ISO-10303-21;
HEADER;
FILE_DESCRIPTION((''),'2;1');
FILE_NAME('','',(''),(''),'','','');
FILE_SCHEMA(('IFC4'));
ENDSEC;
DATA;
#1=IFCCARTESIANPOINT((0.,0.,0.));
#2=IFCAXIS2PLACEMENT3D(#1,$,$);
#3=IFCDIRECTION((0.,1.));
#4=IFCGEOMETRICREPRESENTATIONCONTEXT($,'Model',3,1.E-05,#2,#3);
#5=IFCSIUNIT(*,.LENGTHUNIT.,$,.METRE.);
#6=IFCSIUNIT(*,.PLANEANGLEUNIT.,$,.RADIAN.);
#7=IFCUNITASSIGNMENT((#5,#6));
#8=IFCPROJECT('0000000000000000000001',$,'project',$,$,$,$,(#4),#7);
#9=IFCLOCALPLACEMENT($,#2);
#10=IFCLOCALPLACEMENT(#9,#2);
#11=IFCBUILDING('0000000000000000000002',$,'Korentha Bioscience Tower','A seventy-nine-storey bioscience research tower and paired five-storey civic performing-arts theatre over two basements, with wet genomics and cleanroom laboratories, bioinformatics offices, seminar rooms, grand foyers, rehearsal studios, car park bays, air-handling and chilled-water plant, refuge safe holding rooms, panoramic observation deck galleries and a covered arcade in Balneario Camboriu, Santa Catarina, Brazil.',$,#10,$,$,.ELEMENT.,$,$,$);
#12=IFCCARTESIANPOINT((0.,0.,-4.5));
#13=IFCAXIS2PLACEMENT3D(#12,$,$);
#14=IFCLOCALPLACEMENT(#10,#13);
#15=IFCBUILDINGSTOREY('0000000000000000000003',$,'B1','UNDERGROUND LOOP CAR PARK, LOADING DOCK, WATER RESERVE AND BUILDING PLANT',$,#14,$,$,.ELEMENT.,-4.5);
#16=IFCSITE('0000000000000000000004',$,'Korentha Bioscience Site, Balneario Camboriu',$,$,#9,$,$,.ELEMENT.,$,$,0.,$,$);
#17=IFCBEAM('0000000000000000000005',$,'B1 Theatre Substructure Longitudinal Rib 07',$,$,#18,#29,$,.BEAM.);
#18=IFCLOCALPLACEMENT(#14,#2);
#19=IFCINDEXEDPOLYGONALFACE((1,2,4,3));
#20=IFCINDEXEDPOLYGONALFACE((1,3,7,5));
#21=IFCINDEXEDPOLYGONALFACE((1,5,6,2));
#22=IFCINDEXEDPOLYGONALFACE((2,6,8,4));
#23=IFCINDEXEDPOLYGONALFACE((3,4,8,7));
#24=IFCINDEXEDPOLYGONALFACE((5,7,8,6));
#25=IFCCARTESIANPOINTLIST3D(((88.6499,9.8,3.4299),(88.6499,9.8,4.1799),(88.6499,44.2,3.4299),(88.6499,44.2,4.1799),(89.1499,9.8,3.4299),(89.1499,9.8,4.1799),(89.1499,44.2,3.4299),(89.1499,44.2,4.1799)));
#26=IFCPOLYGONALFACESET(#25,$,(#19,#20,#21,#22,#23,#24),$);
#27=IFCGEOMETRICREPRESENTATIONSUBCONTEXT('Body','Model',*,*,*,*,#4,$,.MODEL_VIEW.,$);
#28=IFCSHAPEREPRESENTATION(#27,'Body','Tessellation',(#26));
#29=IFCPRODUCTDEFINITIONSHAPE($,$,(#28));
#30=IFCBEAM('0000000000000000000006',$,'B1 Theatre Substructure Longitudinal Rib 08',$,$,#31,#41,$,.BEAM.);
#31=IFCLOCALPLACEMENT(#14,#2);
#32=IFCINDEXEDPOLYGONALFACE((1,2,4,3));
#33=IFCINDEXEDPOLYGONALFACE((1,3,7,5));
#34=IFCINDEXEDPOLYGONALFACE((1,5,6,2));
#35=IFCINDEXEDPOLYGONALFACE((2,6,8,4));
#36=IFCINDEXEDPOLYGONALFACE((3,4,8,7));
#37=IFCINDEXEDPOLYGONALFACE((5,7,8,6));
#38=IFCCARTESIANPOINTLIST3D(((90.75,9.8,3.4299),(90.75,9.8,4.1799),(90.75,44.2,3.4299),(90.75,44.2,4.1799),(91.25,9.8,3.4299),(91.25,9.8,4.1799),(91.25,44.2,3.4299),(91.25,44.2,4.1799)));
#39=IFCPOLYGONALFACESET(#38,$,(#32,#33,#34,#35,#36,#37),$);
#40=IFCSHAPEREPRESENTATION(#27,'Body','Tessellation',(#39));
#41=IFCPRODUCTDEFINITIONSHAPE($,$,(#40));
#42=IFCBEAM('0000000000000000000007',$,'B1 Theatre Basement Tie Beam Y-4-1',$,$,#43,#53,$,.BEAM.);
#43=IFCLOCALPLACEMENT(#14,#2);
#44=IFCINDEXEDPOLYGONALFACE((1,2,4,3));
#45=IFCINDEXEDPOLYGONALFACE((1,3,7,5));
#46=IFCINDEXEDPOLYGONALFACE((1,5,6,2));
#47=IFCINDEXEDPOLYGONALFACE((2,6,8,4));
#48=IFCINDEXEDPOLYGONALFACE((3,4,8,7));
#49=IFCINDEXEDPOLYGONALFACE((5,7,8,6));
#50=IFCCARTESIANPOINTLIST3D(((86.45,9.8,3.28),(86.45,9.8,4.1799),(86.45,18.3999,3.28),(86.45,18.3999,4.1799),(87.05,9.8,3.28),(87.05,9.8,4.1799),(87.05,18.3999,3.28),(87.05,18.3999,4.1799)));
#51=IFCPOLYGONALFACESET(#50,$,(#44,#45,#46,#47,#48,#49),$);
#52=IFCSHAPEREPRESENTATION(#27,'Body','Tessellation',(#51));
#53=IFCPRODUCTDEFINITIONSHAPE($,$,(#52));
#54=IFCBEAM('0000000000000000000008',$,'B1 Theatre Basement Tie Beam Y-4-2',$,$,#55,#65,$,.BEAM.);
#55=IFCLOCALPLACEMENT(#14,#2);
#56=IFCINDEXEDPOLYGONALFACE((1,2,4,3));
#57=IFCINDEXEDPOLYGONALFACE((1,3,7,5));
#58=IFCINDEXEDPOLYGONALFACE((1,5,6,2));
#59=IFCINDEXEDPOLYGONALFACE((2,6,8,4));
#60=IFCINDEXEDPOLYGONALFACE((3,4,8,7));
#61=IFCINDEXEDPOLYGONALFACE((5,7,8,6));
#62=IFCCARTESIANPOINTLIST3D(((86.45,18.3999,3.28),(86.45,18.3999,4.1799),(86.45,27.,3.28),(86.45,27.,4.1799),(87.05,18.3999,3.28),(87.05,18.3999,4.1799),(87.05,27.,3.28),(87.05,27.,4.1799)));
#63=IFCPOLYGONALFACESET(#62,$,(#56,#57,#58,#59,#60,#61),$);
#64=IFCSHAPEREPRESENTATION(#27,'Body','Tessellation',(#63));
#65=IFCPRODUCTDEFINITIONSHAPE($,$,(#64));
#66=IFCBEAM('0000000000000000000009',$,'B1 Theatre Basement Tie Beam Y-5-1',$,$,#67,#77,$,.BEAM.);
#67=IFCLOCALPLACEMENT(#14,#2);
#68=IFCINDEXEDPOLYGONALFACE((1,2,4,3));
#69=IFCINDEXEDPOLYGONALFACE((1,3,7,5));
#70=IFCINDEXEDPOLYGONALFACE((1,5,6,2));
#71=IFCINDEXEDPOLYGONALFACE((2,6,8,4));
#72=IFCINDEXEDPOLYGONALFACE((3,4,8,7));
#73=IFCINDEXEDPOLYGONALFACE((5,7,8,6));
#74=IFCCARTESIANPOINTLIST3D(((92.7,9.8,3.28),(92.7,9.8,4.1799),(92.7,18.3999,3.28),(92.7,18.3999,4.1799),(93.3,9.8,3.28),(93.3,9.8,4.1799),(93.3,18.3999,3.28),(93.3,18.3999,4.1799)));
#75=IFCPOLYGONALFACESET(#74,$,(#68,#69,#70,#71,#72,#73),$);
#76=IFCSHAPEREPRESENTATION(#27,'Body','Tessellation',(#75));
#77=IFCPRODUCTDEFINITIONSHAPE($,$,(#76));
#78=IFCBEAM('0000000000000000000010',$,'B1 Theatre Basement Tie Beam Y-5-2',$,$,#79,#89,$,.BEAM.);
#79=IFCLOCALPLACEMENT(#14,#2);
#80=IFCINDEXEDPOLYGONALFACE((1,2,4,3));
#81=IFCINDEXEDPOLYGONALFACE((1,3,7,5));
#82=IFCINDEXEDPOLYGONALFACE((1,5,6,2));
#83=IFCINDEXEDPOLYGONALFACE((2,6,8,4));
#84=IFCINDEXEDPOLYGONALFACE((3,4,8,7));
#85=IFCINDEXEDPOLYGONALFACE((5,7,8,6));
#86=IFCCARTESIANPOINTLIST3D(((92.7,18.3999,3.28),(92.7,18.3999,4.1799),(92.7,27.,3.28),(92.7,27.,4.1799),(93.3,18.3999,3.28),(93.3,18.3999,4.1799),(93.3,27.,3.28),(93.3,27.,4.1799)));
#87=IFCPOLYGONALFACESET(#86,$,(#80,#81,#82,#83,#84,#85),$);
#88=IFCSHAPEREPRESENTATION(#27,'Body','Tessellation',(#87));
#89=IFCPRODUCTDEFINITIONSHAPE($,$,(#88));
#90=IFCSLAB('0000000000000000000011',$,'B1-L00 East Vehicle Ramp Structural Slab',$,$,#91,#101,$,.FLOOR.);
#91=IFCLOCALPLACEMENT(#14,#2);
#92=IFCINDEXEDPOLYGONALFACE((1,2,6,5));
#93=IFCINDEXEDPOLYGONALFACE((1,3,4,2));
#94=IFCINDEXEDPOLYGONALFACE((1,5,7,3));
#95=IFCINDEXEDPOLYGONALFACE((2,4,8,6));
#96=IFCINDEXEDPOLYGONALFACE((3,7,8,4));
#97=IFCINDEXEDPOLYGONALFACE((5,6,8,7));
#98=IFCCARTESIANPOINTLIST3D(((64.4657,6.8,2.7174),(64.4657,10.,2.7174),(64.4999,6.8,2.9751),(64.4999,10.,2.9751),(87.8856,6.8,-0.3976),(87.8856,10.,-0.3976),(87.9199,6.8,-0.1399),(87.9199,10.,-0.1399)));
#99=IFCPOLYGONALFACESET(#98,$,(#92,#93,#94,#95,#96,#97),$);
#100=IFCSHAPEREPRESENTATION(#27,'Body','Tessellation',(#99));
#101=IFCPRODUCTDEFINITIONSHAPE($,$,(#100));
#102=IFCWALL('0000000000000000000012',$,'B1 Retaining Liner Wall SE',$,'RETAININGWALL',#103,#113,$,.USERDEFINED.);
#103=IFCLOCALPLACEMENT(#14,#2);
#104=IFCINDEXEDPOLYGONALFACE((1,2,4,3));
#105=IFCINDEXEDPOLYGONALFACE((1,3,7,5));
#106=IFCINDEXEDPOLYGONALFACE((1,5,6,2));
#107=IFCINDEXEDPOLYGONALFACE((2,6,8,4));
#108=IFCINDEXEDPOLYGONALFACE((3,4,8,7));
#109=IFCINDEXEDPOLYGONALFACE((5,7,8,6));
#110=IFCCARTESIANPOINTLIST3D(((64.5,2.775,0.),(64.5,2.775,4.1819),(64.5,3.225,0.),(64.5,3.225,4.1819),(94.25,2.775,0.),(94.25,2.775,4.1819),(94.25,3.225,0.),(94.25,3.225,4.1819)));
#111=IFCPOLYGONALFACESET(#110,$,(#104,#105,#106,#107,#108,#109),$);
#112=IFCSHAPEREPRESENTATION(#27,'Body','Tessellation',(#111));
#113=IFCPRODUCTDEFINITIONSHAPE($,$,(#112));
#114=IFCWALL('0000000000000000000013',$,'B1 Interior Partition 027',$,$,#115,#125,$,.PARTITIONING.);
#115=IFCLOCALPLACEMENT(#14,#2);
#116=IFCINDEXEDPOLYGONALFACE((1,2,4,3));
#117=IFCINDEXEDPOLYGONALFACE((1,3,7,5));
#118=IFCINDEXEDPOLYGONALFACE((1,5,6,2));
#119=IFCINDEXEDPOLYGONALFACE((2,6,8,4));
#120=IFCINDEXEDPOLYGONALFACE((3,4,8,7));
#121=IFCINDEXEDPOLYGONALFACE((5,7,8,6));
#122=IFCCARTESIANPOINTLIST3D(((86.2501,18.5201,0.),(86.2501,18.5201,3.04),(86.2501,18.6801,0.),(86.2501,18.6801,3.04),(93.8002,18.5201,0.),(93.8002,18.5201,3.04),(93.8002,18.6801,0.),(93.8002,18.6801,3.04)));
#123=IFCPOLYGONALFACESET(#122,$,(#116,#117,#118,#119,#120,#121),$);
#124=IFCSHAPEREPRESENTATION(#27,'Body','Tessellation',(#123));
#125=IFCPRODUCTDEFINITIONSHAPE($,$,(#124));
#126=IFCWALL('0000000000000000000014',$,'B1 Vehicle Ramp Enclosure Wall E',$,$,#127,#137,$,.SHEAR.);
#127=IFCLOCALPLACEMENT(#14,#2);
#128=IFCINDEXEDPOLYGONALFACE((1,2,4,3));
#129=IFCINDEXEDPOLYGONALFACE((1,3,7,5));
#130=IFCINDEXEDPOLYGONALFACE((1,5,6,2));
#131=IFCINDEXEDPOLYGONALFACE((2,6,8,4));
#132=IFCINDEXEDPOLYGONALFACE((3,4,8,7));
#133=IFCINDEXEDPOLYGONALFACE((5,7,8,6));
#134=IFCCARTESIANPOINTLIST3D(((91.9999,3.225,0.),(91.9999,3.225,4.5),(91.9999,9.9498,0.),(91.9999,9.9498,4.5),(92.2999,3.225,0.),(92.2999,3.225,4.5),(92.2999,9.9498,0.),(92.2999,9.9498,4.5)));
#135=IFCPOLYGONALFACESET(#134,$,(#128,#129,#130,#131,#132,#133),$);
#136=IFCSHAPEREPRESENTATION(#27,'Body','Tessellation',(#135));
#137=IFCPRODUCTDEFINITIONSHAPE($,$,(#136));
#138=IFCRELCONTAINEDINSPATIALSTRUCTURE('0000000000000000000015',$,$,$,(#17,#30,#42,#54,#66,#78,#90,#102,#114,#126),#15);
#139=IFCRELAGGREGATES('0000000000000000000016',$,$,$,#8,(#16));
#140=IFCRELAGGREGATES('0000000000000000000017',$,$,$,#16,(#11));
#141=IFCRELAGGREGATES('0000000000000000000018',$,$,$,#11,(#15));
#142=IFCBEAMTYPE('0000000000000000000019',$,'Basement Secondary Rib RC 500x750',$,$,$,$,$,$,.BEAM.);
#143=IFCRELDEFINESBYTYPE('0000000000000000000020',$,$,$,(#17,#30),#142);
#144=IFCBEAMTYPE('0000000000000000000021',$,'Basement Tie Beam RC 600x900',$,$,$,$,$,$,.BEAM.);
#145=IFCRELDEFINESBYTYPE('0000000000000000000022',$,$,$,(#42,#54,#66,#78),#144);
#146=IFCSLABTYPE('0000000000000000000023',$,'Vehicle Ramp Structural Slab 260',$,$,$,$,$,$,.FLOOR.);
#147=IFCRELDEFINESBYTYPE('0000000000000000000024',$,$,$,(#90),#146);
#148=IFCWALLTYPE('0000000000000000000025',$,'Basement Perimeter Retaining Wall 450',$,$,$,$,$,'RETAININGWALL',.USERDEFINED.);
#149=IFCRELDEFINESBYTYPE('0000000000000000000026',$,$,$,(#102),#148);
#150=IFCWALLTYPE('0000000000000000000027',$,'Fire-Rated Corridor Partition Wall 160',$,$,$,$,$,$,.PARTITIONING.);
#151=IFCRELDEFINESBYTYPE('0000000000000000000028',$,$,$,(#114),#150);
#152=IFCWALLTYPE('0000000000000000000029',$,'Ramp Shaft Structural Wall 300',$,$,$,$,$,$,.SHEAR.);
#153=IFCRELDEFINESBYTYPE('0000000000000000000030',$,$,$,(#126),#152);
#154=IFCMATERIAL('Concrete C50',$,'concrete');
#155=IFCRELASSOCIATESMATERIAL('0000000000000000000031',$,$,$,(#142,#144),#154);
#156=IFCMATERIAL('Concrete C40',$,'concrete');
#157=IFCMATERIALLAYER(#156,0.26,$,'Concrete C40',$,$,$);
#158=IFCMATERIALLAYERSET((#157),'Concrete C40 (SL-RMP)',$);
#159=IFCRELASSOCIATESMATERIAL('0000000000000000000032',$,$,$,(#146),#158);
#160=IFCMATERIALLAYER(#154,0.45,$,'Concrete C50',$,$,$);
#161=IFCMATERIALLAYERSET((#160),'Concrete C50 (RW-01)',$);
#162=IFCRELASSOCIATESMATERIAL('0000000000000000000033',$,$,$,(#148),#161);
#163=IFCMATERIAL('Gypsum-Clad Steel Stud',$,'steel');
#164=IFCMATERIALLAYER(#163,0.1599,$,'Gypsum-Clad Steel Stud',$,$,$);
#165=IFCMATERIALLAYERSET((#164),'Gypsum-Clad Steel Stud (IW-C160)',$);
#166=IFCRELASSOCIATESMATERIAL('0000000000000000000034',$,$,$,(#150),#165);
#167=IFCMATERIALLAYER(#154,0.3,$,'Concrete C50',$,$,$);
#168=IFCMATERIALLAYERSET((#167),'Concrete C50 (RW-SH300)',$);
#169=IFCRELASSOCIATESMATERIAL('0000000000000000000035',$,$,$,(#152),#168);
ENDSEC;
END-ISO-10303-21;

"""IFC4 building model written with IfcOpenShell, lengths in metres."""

from ifc_helpers import new_model, si_unit, direction, frame, frame_2d, origin, origin_2d, place, context, subcontext, project, spatial, polyline, rectangle, outline, extrude, material, layer, layer_set, material_profile, profile_set, type_object, element, save


model = new_model("IFC4")

# Units and contexts
model_context = context("Model", 3, precision=1e-05, world=origin(), true_north=direction((0.0, 1.0)))
body_context = subcontext(model_context, "Body", "Model", "MODEL_VIEW")
ifc_project = project(units=[si_unit("LENGTHUNIT", "METRE"), si_unit("PLANEANGLEUNIT", "RADIAN")], contexts=[model_context])

# Site, building, storey
site_placement = place(None, origin())
site = spatial("IfcSite", under=ifc_project, at=site_placement, Name="Korentha Bioscience Site, Balneario Camboriu", CompositionType="ELEMENT", RefElevation=0.0)
building_placement = place(site_placement, origin())
building = spatial("IfcBuilding", under=site, at=building_placement, Name="Korentha Bioscience Tower", Description="A seventy-nine-storey bioscience research tower and paired five-storey civic performing-arts theatre over two basements, with wet genomics and cleanroom laboratories, bioinformatics offices, seminar rooms, grand foyers, rehearsal studios, car park bays, air-handling and chilled-water plant, refuge safe holding rooms, panoramic observation deck galleries and a covered arcade in Balneario Camboriu, Santa Catarina, Brazil.", CompositionType="ELEMENT")
storey_placement = place(building_placement, frame((0.0, 0.0, -4.5)))
storey = spatial("IfcBuildingStorey", under=building, at=storey_placement, Name="B1", Description="UNDERGROUND LOOP CAR PARK, LOADING DOCK, WATER RESERVE AND BUILDING PLANT", CompositionType="ELEMENT", Elevation=-4.5)

# Shared definitions
ifc_material_1 = material(Name="Concrete C50", Category="concrete")

# Beams
ifc_material_profile_1 = material_profile(ifc_material_1, rectangle(XDim=0.5, YDim=0.75, at=origin_2d()), Name="Concrete C50")
ifc_profile_set_1 = profile_set([ifc_material_profile_1], Name="Concrete C50 (BB-500)")
beam_type_1 = type_object("IfcBeamType", Name="Basement Secondary Rib RC 500x750", PredefinedType="BEAM", material=ifc_profile_set_1)
for number, where, z_axis, x_axis, name in (
    (1, (88.8999, 9.8, 3.8049), (0.0, 1.0, 0.0), (-1.0, 0.0, 0.0), "B1 Theatre Substructure Longitudinal Rib 07"),
    (2, (91.0, 9.8, 3.8049), (0.0, 1.0, 0.0), (-1.0, 0.0, 0.0), "B1 Theatre Substructure Longitudinal Rib 08"),
):
    element("IfcBeam", number, at=place(storey_placement, frame(where, z_axis=z_axis, x_axis=x_axis)), inside=storey, type_object=beam_type_1, Name=name, PredefinedType="BEAM", context=body_context, shape_type="SweptSolid", body=[
        extrude(rectangle(XDim=0.5, YDim=0.75, at=origin_2d()), origin(), (0.0, 0.0, 1.0), 34.3999),
    ])
ifc_material_profile_2 = material_profile(ifc_material_1, rectangle(XDim=0.6001, YDim=0.8999, at=origin_2d()), Name="Concrete C50")
ifc_profile_set_2 = profile_set([ifc_material_profile_2], Name="Concrete C50 (BB-600)")
beam_type_2 = type_object("IfcBeamType", Name="Basement Tie Beam RC 600x900", PredefinedType="BEAM", material=ifc_profile_set_2)
beam_1_placement = place(storey_placement, frame((86.75, 9.8, 3.73), z_axis=(0.0, 1.0, 0.0), x_axis=(-1.0, 0.0, 0.0)))
element("IfcBeam", 3, at=beam_1_placement, inside=storey, type_object=beam_type_2, Name="B1 Theatre Basement Tie Beam Y-4-1", PredefinedType="BEAM", context=body_context, shape_type="SweptSolid", body=[
    extrude(rectangle(XDim=0.6001, YDim=0.8999, at=origin_2d()), origin(), (0.0, 0.0, 1.0), 8.5999),
])
beam_2_placement = place(storey_placement, frame((86.75, 18.3999, 3.73), z_axis=(0.0, 1.0, 0.0), x_axis=(-1.0, 0.0, 0.0)))
element("IfcBeam", 4, at=beam_2_placement, inside=storey, type_object=beam_type_2, Name="B1 Theatre Basement Tie Beam Y-4-2", PredefinedType="BEAM", context=body_context, shape_type="SweptSolid", body=[
    extrude(rectangle(XDim=0.6001, YDim=0.8999, at=origin_2d()), origin(), (0.0, 0.0, 1.0), 8.6001),
])
beam_3_placement = place(storey_placement, frame((93.0, 9.8, 3.73), z_axis=(0.0, 1.0, 0.0), x_axis=(-1.0, 0.0, 0.0)))
element("IfcBeam", 5, at=beam_3_placement, inside=storey, type_object=beam_type_2, Name="B1 Theatre Basement Tie Beam Y-5-1", PredefinedType="BEAM", context=body_context, shape_type="SweptSolid", body=[
    extrude(rectangle(XDim=0.6001, YDim=0.8999, at=origin_2d()), origin(), (0.0, 0.0, 1.0), 8.5999),
])
beam_4_placement = place(storey_placement, frame((93.0, 18.3999, 3.73), z_axis=(0.0, 1.0, 0.0), x_axis=(-1.0, 0.0, 0.0)))
element("IfcBeam", 6, at=beam_4_placement, inside=storey, type_object=beam_type_2, Name="B1 Theatre Basement Tie Beam Y-5-2", PredefinedType="BEAM", context=body_context, shape_type="SweptSolid", body=[
    extrude(rectangle(XDim=0.6001, YDim=0.8999, at=origin_2d()), origin(), (0.0, 0.0, 1.0), 8.6001),
])

# Slab
ifc_material_2 = material(Name="Concrete C40", Category="concrete")
ifc_layer_1 = layer(ifc_material_2, 0.26, Name="Concrete C40")
ifc_layer_set_1 = layer_set([ifc_layer_1], Name="Concrete C40 (SL-RMP)")
slab_type = type_object("IfcSlabType", Name="Vehicle Ramp Structural Slab 260", PredefinedType="FLOOR", material=ifc_layer_set_1)
slab_placement = place(storey_placement, frame((87.9199, 6.8, -0.1399), z_axis=(0.131845, 0.0, 0.99127), x_axis=(-0.99127, 0.0, 0.131845)))
element("IfcSlab", 7, at=slab_placement, inside=storey, type_object=slab_type, Name="B1-L00 East Vehicle Ramp Structural Slab", PredefinedType="FLOOR", context=body_context, shape_type="SweptSolid", body=[
    extrude(outline(polyline([(0.0, 0.0), (23.6262, 0.0), (23.6262, -3.2), (0.0, -3.2), (0.0, 0.0)])), origin(), (0.0, 0.0, -1.0), 0.26),
])

# Walls
ifc_layer_2 = layer(ifc_material_1, 0.45, Name="Concrete C50")
ifc_layer_set_2 = layer_set([ifc_layer_2], Name="Concrete C50 (RW-01)")
wall_type_1 = type_object("IfcWallType", Name="Basement Perimeter Retaining Wall 450", ElementType="RETAININGWALL", PredefinedType="USERDEFINED", material=ifc_layer_set_2)
wall_1_placement = place(storey_placement, frame((94.25, 3.0, 0.0), z_axis=(0.0, 0.0, 1.0), x_axis=(-1.0, 0.0, 0.0)))
element("IfcWall", 8, at=wall_1_placement, inside=storey, type_object=wall_type_1, Name="B1 Retaining Liner Wall SE", ObjectType="RETAININGWALL", PredefinedType="USERDEFINED", context=body_context, shape_type="SweptSolid", body=[
    extrude(rectangle(XDim=29.75, YDim=0.45, at=frame_2d((14.875, 0.0))), origin(), (0.0, 0.0, 1.0), 4.1819),
])
ifc_material_3 = material(Name="Gypsum-Clad Steel Stud", Category="steel")
ifc_layer_3 = layer(ifc_material_3, 0.1599, Name="Gypsum-Clad Steel Stud")
ifc_layer_set_3 = layer_set([ifc_layer_3], Name="Gypsum-Clad Steel Stud (IW-C160)")
wall_type_2 = type_object("IfcWallType", Name="Fire-Rated Corridor Partition Wall 160", PredefinedType="PARTITIONING", material=ifc_layer_set_3)
wall_2_placement = place(storey_placement, frame((93.8, 18.6001, 0.0), z_axis=(0.0, 0.0, 1.0), x_axis=(-1.0, 0.0, 0.0)))
element("IfcWall", 9, at=wall_2_placement, inside=storey, type_object=wall_type_2, Name="B1 Interior Partition 027", PredefinedType="PARTITIONING", context=body_context, shape_type="SweptSolid", body=[
    extrude(rectangle(XDim=7.55, YDim=0.1599, at=frame_2d((3.7749, 0.0))), origin(), (0.0, 0.0, 1.0), 3.04),
])
ifc_layer_4 = layer(ifc_material_1, 0.3, Name="Concrete C50")
ifc_layer_set_4 = layer_set([ifc_layer_4], Name="Concrete C50 (RW-SH300)")
wall_type_3 = type_object("IfcWallType", Name="Ramp Shaft Structural Wall 300", PredefinedType="SHEAR", material=ifc_layer_set_4)
wall_3_placement = place(storey_placement, frame((92.1499, 3.2251, 0.0), z_axis=(0.0, 0.0, 1.0), x_axis=(0.0, 1.0, 0.0)))
element("IfcWall", 10, at=wall_3_placement, inside=storey, type_object=wall_type_3, Name="B1 Vehicle Ramp Enclosure Wall E", PredefinedType="SHEAR", context=body_context, shape_type="SweptSolid", body=[
    extrude(rectangle(XDim=6.7249, YDim=0.3, at=frame_2d((3.3623, 0.0))), origin(), (0.0, 0.0, 1.0), 4.5),
])

save(model, "model.ifc")
